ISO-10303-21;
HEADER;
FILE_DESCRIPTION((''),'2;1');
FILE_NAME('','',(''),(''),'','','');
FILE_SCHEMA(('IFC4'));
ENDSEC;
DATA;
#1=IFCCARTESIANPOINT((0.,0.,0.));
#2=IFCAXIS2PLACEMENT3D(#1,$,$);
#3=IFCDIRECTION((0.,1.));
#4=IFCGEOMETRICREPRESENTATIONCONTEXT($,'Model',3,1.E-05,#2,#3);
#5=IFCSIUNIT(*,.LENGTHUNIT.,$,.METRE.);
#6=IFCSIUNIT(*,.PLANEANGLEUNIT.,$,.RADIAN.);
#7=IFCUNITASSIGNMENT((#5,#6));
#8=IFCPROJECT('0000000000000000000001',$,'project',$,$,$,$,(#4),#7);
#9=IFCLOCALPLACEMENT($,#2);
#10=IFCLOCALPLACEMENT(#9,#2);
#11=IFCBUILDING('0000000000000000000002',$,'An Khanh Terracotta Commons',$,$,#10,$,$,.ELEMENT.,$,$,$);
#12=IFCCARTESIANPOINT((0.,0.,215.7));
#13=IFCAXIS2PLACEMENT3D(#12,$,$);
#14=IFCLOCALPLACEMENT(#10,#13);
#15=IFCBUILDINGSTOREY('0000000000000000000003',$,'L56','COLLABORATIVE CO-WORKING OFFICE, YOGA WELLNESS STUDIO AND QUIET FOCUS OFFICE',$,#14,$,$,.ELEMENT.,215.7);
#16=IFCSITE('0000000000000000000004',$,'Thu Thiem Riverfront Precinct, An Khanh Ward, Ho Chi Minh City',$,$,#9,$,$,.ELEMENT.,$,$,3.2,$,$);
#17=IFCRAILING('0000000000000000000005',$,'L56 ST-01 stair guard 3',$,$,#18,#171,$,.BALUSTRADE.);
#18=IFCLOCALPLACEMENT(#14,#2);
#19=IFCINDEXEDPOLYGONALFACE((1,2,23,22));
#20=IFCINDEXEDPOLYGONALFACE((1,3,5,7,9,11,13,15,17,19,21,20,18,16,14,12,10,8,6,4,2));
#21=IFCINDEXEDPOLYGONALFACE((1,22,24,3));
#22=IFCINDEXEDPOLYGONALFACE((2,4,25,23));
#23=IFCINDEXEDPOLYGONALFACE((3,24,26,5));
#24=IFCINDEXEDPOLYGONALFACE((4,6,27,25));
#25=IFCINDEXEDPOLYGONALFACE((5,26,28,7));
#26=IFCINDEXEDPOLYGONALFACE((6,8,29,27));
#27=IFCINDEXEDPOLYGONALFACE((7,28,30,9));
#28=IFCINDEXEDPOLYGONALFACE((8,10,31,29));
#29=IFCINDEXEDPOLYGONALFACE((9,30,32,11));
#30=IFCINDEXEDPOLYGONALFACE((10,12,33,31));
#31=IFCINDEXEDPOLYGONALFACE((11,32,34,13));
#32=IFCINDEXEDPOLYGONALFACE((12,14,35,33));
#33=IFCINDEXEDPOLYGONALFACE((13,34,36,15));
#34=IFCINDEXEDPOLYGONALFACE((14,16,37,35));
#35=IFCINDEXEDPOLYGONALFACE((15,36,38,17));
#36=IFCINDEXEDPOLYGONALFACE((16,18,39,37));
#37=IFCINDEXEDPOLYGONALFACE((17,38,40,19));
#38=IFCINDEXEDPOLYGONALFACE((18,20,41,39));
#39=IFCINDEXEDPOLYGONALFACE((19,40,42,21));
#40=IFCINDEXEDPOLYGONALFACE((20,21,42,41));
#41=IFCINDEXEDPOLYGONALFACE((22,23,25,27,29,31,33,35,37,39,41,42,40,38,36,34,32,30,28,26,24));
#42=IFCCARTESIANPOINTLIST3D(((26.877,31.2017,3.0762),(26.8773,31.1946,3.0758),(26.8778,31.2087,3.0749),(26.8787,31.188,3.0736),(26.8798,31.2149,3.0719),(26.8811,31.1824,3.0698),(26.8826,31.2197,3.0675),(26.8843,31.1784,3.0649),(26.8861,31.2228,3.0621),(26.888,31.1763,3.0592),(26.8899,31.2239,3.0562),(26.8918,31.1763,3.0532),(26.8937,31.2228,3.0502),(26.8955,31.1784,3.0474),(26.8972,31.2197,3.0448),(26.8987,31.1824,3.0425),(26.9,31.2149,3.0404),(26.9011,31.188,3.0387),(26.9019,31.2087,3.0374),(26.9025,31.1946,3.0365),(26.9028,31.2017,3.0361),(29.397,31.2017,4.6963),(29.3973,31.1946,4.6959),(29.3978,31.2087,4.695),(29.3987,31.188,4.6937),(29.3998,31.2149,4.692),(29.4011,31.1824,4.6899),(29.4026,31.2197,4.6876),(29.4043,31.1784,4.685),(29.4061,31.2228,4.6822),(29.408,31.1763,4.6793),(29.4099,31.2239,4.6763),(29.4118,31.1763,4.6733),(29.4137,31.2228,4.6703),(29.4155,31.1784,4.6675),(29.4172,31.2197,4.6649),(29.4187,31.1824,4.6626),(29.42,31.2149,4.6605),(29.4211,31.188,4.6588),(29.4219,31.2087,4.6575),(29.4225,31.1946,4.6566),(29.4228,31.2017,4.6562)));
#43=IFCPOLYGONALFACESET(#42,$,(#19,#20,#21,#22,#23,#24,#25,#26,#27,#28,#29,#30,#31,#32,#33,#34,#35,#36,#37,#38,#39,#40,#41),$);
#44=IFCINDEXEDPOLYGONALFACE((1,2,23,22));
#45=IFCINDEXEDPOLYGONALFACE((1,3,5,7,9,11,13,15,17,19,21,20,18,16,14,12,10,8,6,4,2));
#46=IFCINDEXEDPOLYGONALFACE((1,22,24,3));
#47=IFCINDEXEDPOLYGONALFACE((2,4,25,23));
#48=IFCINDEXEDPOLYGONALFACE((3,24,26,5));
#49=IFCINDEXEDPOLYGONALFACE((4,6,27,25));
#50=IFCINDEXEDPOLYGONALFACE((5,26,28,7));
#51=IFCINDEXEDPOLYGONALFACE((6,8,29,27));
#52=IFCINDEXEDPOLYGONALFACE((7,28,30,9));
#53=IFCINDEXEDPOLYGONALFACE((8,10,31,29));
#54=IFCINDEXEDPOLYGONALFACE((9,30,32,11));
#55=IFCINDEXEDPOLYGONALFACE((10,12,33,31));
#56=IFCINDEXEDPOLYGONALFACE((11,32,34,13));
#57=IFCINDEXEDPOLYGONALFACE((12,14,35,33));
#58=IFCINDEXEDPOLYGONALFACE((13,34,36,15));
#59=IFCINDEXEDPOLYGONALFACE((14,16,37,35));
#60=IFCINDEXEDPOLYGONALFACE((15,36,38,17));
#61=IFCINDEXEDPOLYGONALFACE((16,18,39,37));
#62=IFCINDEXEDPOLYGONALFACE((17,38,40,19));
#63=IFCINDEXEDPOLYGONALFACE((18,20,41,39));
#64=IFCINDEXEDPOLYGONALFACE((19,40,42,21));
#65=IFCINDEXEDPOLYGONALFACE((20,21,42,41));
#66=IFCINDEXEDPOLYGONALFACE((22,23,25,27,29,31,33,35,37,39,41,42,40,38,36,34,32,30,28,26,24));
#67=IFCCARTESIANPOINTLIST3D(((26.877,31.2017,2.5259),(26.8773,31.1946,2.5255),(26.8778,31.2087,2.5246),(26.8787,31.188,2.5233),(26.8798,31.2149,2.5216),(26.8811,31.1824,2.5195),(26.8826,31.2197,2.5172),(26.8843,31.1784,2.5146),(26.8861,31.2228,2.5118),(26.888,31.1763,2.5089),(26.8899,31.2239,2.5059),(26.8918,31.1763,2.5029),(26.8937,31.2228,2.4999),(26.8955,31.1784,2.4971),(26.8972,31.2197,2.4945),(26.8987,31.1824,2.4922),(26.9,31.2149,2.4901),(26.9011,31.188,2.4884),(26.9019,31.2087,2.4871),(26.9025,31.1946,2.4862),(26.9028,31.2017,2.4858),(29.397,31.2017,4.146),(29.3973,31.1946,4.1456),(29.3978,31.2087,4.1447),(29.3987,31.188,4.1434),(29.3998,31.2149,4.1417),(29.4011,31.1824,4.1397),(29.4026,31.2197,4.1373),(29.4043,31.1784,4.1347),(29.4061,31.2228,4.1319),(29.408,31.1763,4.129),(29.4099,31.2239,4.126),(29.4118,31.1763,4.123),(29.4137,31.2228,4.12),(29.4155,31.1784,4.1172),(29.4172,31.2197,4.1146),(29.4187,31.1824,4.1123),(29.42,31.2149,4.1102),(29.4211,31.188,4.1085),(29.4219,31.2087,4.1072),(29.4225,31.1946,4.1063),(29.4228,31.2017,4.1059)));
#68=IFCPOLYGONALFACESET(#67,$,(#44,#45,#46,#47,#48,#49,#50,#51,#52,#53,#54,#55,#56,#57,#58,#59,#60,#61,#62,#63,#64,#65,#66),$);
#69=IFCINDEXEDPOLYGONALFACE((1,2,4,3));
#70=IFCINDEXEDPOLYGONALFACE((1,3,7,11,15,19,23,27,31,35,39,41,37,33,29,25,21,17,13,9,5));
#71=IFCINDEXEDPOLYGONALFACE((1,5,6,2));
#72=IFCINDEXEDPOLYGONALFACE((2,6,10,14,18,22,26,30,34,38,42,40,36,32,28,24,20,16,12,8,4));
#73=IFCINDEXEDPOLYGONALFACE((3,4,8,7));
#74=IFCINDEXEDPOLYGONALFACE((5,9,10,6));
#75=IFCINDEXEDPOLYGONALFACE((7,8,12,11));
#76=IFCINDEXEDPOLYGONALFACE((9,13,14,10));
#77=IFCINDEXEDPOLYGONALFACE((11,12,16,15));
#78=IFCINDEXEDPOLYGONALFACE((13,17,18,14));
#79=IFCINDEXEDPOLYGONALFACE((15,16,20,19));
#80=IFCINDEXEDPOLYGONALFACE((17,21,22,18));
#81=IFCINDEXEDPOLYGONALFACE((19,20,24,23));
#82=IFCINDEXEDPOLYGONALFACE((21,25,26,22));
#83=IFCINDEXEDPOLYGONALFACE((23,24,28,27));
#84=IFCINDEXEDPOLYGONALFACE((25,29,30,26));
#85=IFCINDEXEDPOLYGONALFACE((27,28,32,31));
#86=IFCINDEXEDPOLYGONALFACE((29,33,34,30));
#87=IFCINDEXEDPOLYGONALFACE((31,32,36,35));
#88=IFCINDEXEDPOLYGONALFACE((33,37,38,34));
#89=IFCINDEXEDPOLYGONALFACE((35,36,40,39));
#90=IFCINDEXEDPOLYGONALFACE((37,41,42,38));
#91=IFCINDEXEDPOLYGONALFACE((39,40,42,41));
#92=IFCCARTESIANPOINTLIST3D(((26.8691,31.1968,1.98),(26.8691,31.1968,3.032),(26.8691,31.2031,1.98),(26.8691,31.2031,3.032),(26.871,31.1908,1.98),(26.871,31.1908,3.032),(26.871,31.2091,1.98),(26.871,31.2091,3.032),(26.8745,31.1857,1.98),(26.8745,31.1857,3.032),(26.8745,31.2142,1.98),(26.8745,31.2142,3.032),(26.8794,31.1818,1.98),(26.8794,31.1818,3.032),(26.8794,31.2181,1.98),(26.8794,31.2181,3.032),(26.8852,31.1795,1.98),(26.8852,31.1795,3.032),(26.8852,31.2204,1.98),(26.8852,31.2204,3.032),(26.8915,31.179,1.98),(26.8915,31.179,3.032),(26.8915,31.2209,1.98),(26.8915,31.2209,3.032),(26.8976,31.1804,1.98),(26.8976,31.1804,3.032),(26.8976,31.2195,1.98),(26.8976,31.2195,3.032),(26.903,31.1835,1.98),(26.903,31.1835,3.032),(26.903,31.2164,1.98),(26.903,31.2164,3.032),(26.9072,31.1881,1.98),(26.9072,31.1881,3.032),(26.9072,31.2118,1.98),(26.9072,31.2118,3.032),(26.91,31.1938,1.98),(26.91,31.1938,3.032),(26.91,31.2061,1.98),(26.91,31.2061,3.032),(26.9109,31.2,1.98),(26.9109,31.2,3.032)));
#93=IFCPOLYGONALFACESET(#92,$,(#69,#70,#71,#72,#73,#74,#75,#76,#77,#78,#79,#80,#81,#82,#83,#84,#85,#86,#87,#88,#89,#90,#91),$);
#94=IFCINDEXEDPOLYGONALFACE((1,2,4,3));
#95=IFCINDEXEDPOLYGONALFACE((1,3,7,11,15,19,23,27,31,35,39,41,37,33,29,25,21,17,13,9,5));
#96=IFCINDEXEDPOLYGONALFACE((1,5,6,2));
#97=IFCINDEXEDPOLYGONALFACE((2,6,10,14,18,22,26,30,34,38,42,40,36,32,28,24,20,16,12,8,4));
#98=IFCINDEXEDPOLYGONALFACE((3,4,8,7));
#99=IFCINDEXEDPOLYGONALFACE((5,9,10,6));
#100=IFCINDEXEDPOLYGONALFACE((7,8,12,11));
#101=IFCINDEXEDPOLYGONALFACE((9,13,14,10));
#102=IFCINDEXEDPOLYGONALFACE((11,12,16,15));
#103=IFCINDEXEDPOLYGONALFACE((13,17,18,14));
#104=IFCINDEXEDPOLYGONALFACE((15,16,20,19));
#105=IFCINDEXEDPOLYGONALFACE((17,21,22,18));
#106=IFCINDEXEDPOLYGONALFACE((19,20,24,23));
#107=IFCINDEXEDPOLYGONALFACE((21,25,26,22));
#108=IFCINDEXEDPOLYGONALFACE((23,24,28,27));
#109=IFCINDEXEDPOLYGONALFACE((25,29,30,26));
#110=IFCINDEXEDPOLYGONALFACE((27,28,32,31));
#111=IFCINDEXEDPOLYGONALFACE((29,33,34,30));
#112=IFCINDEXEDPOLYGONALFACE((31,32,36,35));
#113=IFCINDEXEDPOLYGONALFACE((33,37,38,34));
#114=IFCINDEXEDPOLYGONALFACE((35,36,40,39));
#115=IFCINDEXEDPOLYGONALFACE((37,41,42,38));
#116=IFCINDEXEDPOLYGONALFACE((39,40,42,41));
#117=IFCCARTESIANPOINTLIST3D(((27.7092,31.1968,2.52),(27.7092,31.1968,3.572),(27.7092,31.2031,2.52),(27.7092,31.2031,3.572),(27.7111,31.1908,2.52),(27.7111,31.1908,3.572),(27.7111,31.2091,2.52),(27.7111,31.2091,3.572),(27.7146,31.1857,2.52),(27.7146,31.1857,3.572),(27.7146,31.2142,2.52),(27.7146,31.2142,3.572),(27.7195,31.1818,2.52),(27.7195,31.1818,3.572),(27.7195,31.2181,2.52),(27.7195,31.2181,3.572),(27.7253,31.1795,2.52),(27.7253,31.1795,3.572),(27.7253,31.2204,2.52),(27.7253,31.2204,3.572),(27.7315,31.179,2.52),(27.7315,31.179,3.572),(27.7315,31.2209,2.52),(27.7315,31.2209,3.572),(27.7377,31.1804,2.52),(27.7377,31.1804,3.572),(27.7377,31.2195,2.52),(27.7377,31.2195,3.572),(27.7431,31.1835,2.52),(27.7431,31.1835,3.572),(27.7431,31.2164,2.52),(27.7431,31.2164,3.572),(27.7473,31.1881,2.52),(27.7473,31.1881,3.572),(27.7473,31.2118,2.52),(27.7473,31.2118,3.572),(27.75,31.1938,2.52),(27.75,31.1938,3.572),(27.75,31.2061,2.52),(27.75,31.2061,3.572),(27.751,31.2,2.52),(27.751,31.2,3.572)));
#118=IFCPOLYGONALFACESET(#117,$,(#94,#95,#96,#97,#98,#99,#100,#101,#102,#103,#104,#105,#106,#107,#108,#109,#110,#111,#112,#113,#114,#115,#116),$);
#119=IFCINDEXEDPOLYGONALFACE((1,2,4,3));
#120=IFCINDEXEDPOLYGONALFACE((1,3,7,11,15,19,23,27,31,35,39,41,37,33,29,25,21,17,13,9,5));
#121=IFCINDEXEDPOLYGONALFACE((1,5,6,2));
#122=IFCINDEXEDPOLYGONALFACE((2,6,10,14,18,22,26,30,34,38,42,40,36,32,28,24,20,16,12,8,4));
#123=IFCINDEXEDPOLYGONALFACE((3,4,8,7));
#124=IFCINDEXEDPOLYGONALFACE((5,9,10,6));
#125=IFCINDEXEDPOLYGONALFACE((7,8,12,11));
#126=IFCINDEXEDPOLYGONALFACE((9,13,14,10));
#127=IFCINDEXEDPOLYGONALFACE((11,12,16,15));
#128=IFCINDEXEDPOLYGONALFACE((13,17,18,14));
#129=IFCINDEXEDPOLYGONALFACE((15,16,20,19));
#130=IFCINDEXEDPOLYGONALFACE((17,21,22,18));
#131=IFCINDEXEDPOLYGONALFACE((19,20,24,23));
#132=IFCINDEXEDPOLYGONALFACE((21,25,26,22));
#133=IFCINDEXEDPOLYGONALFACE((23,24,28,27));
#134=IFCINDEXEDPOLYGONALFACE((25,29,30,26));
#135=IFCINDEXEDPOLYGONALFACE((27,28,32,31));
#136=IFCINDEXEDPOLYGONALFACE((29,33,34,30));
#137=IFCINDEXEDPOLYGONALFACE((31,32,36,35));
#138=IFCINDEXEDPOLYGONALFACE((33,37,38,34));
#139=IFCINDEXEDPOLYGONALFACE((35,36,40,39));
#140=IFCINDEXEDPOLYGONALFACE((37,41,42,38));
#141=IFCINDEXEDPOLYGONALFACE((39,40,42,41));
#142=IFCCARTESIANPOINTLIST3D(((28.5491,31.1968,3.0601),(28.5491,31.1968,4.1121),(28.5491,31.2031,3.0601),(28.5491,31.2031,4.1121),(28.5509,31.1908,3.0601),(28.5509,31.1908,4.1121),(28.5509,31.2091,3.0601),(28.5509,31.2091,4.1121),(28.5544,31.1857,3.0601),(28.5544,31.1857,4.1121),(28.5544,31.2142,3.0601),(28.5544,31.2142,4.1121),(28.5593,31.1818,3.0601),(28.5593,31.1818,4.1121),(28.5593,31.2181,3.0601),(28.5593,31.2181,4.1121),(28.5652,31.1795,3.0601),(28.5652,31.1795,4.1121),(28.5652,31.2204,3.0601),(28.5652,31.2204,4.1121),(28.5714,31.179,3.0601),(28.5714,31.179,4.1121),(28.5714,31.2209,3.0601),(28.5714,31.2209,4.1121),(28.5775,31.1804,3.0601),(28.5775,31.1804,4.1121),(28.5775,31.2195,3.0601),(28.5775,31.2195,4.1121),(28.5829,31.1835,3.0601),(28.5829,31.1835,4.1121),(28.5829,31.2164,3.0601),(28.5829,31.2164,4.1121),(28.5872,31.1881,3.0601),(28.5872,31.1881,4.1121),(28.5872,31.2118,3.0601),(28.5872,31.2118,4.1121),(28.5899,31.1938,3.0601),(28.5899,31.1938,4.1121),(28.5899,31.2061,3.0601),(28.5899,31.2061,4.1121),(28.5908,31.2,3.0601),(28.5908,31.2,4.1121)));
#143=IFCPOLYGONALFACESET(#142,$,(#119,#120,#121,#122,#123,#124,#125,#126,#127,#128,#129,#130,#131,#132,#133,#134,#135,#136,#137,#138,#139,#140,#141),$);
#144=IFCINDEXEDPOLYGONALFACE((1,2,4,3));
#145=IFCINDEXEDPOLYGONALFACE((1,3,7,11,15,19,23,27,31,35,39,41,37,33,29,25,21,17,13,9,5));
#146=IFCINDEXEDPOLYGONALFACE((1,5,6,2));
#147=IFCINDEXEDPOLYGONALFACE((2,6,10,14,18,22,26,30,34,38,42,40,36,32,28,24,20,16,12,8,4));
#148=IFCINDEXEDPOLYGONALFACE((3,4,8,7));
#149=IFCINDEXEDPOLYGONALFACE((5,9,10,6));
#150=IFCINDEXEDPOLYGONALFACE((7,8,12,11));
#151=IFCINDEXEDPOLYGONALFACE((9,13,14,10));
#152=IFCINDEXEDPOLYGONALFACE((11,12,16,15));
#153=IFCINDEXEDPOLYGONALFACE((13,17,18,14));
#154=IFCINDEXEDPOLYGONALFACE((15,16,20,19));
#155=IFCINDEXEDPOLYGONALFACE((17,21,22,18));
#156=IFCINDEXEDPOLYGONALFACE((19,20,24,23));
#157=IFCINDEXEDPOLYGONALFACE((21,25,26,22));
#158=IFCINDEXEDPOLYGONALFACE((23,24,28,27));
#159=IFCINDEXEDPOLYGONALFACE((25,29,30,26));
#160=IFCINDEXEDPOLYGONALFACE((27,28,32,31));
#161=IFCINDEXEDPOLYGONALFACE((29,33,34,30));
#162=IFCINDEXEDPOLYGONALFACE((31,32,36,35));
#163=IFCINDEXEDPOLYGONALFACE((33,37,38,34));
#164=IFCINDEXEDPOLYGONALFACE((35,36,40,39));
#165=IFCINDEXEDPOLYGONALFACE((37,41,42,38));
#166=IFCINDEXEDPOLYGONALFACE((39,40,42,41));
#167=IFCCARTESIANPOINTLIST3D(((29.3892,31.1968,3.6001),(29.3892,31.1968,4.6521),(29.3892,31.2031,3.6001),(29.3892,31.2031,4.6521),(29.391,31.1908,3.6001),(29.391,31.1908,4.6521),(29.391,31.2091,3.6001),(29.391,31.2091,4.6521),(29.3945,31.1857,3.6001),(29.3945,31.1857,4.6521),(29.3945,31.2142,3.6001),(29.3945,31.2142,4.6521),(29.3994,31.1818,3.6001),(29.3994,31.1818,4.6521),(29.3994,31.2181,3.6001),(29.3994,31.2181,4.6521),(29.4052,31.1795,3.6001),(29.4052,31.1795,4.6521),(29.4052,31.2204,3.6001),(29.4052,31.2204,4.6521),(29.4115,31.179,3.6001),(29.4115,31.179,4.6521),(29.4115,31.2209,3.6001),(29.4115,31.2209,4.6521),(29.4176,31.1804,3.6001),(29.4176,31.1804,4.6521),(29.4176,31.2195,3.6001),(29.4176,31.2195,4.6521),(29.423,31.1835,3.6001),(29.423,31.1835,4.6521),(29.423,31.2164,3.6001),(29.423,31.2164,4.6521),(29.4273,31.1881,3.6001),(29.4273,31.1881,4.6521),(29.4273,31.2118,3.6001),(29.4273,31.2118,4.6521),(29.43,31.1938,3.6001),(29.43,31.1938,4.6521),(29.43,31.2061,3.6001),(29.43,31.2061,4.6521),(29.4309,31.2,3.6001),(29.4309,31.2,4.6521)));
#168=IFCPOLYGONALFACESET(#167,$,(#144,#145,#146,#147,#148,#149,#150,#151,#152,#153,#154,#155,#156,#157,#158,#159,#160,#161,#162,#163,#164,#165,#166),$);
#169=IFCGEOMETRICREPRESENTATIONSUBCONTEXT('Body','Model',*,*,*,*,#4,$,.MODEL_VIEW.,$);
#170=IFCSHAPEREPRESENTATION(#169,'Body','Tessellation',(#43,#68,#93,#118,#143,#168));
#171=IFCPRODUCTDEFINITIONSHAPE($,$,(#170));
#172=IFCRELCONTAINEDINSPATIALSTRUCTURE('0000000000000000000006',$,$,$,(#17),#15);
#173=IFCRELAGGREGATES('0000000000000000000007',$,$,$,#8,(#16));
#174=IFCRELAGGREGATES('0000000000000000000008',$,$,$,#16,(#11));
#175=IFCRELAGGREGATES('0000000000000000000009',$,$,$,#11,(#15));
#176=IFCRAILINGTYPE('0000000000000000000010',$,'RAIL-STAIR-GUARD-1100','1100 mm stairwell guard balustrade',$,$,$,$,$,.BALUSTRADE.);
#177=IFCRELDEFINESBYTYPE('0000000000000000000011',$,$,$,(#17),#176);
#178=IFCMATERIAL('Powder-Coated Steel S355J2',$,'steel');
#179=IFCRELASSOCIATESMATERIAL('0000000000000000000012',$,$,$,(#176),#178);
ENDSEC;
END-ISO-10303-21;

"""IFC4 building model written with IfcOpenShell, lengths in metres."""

from ifc_helpers import new_model, si_unit, direction, frame, origin, origin_2d, place, context, subcontext, project, spatial, circle, extrude, material, type_object, element, save


model = new_model("IFC4")

# Units and contexts
model_context = context("Model", 3, precision=1e-05, world=origin(), true_north=direction((0.0, 1.0)))
body_context = subcontext(model_context, "Body", "Model", "MODEL_VIEW")
ifc_project = project(units=[si_unit("LENGTHUNIT", "METRE"), si_unit("PLANEANGLEUNIT", "RADIAN")], contexts=[model_context])

# Site, building, storey
site_placement = place(None, origin())
site = spatial("IfcSite", under=ifc_project, at=site_placement, Name="Thu Thiem Riverfront Precinct, An Khanh Ward, Ho Chi Minh City", CompositionType="ELEMENT", RefElevation=3.2)
building_placement = place(site_placement, origin())
building = spatial("IfcBuilding", under=site, at=building_placement, Name="An Khanh Terracotta Commons", CompositionType="ELEMENT")
storey_placement = place(building_placement, frame((0.0, 0.0, 215.7)))
storey = spatial("IfcBuildingStorey", under=building, at=storey_placement, Name="L56", Description="COLLABORATIVE CO-WORKING OFFICE, YOGA WELLNESS STUDIO AND QUIET FOCUS OFFICE", CompositionType="ELEMENT", Elevation=215.7)

# Railing
ifc_material_1 = material(Name="Powder-Coated Steel S355J2", Category="steel")
railing_type_1 = type_object("IfcRailingType", Name="RAIL-STAIR-GUARD-1100", Description="1100 mm stairwell guard balustrade", PredefinedType="BALUSTRADE", material=ifc_material_1)
railing_1_placement = place(storey_placement, frame((26.8899, 31.2, 1.98)))
element("IfcRailing", 1, at=railing_1_placement, inside=storey, type_object=railing_type_1, Name="L56 ST-01 stair guard 3", PredefinedType="BALUSTRADE", context=body_context, shape_type="SweptSolid", body=[
    extrude(circle(Radius=0.0239, at=origin_2d()), frame((0.0, 0.0, 1.0762), z_axis=(0.841163, 0.0, 0.540782), x_axis=(0.0, 1.0, 0.0)), (0.0, 0.0, 1.0), 2.9958),
    extrude(circle(Radius=0.0239, at=origin_2d()), frame((0.0, 0.0, 0.5259), z_axis=(0.841163, 0.0, 0.540782), x_axis=(0.0, 1.0, 0.0)), (0.0, 0.0, 1.0), 2.9958),
    extrude(circle(Radius=0.021, at=origin_2d()), origin(), (0.0, 0.0, 1.0), 1.052),
    extrude(circle(Radius=0.021, at=origin_2d()), frame((0.8401, 0.0, 0.54)), (0.0, 0.0, 1.0), 1.052),
    extrude(circle(Radius=0.021, at=origin_2d()), frame((1.6799, 0.0, 1.0801)), (0.0, 0.0, 1.0), 1.052),
    extrude(circle(Radius=0.021, at=origin_2d()), frame((2.52, 0.0, 1.6201)), (0.0, 0.0, 1.0), 1.052),
])

save(model, "model.ifc")
